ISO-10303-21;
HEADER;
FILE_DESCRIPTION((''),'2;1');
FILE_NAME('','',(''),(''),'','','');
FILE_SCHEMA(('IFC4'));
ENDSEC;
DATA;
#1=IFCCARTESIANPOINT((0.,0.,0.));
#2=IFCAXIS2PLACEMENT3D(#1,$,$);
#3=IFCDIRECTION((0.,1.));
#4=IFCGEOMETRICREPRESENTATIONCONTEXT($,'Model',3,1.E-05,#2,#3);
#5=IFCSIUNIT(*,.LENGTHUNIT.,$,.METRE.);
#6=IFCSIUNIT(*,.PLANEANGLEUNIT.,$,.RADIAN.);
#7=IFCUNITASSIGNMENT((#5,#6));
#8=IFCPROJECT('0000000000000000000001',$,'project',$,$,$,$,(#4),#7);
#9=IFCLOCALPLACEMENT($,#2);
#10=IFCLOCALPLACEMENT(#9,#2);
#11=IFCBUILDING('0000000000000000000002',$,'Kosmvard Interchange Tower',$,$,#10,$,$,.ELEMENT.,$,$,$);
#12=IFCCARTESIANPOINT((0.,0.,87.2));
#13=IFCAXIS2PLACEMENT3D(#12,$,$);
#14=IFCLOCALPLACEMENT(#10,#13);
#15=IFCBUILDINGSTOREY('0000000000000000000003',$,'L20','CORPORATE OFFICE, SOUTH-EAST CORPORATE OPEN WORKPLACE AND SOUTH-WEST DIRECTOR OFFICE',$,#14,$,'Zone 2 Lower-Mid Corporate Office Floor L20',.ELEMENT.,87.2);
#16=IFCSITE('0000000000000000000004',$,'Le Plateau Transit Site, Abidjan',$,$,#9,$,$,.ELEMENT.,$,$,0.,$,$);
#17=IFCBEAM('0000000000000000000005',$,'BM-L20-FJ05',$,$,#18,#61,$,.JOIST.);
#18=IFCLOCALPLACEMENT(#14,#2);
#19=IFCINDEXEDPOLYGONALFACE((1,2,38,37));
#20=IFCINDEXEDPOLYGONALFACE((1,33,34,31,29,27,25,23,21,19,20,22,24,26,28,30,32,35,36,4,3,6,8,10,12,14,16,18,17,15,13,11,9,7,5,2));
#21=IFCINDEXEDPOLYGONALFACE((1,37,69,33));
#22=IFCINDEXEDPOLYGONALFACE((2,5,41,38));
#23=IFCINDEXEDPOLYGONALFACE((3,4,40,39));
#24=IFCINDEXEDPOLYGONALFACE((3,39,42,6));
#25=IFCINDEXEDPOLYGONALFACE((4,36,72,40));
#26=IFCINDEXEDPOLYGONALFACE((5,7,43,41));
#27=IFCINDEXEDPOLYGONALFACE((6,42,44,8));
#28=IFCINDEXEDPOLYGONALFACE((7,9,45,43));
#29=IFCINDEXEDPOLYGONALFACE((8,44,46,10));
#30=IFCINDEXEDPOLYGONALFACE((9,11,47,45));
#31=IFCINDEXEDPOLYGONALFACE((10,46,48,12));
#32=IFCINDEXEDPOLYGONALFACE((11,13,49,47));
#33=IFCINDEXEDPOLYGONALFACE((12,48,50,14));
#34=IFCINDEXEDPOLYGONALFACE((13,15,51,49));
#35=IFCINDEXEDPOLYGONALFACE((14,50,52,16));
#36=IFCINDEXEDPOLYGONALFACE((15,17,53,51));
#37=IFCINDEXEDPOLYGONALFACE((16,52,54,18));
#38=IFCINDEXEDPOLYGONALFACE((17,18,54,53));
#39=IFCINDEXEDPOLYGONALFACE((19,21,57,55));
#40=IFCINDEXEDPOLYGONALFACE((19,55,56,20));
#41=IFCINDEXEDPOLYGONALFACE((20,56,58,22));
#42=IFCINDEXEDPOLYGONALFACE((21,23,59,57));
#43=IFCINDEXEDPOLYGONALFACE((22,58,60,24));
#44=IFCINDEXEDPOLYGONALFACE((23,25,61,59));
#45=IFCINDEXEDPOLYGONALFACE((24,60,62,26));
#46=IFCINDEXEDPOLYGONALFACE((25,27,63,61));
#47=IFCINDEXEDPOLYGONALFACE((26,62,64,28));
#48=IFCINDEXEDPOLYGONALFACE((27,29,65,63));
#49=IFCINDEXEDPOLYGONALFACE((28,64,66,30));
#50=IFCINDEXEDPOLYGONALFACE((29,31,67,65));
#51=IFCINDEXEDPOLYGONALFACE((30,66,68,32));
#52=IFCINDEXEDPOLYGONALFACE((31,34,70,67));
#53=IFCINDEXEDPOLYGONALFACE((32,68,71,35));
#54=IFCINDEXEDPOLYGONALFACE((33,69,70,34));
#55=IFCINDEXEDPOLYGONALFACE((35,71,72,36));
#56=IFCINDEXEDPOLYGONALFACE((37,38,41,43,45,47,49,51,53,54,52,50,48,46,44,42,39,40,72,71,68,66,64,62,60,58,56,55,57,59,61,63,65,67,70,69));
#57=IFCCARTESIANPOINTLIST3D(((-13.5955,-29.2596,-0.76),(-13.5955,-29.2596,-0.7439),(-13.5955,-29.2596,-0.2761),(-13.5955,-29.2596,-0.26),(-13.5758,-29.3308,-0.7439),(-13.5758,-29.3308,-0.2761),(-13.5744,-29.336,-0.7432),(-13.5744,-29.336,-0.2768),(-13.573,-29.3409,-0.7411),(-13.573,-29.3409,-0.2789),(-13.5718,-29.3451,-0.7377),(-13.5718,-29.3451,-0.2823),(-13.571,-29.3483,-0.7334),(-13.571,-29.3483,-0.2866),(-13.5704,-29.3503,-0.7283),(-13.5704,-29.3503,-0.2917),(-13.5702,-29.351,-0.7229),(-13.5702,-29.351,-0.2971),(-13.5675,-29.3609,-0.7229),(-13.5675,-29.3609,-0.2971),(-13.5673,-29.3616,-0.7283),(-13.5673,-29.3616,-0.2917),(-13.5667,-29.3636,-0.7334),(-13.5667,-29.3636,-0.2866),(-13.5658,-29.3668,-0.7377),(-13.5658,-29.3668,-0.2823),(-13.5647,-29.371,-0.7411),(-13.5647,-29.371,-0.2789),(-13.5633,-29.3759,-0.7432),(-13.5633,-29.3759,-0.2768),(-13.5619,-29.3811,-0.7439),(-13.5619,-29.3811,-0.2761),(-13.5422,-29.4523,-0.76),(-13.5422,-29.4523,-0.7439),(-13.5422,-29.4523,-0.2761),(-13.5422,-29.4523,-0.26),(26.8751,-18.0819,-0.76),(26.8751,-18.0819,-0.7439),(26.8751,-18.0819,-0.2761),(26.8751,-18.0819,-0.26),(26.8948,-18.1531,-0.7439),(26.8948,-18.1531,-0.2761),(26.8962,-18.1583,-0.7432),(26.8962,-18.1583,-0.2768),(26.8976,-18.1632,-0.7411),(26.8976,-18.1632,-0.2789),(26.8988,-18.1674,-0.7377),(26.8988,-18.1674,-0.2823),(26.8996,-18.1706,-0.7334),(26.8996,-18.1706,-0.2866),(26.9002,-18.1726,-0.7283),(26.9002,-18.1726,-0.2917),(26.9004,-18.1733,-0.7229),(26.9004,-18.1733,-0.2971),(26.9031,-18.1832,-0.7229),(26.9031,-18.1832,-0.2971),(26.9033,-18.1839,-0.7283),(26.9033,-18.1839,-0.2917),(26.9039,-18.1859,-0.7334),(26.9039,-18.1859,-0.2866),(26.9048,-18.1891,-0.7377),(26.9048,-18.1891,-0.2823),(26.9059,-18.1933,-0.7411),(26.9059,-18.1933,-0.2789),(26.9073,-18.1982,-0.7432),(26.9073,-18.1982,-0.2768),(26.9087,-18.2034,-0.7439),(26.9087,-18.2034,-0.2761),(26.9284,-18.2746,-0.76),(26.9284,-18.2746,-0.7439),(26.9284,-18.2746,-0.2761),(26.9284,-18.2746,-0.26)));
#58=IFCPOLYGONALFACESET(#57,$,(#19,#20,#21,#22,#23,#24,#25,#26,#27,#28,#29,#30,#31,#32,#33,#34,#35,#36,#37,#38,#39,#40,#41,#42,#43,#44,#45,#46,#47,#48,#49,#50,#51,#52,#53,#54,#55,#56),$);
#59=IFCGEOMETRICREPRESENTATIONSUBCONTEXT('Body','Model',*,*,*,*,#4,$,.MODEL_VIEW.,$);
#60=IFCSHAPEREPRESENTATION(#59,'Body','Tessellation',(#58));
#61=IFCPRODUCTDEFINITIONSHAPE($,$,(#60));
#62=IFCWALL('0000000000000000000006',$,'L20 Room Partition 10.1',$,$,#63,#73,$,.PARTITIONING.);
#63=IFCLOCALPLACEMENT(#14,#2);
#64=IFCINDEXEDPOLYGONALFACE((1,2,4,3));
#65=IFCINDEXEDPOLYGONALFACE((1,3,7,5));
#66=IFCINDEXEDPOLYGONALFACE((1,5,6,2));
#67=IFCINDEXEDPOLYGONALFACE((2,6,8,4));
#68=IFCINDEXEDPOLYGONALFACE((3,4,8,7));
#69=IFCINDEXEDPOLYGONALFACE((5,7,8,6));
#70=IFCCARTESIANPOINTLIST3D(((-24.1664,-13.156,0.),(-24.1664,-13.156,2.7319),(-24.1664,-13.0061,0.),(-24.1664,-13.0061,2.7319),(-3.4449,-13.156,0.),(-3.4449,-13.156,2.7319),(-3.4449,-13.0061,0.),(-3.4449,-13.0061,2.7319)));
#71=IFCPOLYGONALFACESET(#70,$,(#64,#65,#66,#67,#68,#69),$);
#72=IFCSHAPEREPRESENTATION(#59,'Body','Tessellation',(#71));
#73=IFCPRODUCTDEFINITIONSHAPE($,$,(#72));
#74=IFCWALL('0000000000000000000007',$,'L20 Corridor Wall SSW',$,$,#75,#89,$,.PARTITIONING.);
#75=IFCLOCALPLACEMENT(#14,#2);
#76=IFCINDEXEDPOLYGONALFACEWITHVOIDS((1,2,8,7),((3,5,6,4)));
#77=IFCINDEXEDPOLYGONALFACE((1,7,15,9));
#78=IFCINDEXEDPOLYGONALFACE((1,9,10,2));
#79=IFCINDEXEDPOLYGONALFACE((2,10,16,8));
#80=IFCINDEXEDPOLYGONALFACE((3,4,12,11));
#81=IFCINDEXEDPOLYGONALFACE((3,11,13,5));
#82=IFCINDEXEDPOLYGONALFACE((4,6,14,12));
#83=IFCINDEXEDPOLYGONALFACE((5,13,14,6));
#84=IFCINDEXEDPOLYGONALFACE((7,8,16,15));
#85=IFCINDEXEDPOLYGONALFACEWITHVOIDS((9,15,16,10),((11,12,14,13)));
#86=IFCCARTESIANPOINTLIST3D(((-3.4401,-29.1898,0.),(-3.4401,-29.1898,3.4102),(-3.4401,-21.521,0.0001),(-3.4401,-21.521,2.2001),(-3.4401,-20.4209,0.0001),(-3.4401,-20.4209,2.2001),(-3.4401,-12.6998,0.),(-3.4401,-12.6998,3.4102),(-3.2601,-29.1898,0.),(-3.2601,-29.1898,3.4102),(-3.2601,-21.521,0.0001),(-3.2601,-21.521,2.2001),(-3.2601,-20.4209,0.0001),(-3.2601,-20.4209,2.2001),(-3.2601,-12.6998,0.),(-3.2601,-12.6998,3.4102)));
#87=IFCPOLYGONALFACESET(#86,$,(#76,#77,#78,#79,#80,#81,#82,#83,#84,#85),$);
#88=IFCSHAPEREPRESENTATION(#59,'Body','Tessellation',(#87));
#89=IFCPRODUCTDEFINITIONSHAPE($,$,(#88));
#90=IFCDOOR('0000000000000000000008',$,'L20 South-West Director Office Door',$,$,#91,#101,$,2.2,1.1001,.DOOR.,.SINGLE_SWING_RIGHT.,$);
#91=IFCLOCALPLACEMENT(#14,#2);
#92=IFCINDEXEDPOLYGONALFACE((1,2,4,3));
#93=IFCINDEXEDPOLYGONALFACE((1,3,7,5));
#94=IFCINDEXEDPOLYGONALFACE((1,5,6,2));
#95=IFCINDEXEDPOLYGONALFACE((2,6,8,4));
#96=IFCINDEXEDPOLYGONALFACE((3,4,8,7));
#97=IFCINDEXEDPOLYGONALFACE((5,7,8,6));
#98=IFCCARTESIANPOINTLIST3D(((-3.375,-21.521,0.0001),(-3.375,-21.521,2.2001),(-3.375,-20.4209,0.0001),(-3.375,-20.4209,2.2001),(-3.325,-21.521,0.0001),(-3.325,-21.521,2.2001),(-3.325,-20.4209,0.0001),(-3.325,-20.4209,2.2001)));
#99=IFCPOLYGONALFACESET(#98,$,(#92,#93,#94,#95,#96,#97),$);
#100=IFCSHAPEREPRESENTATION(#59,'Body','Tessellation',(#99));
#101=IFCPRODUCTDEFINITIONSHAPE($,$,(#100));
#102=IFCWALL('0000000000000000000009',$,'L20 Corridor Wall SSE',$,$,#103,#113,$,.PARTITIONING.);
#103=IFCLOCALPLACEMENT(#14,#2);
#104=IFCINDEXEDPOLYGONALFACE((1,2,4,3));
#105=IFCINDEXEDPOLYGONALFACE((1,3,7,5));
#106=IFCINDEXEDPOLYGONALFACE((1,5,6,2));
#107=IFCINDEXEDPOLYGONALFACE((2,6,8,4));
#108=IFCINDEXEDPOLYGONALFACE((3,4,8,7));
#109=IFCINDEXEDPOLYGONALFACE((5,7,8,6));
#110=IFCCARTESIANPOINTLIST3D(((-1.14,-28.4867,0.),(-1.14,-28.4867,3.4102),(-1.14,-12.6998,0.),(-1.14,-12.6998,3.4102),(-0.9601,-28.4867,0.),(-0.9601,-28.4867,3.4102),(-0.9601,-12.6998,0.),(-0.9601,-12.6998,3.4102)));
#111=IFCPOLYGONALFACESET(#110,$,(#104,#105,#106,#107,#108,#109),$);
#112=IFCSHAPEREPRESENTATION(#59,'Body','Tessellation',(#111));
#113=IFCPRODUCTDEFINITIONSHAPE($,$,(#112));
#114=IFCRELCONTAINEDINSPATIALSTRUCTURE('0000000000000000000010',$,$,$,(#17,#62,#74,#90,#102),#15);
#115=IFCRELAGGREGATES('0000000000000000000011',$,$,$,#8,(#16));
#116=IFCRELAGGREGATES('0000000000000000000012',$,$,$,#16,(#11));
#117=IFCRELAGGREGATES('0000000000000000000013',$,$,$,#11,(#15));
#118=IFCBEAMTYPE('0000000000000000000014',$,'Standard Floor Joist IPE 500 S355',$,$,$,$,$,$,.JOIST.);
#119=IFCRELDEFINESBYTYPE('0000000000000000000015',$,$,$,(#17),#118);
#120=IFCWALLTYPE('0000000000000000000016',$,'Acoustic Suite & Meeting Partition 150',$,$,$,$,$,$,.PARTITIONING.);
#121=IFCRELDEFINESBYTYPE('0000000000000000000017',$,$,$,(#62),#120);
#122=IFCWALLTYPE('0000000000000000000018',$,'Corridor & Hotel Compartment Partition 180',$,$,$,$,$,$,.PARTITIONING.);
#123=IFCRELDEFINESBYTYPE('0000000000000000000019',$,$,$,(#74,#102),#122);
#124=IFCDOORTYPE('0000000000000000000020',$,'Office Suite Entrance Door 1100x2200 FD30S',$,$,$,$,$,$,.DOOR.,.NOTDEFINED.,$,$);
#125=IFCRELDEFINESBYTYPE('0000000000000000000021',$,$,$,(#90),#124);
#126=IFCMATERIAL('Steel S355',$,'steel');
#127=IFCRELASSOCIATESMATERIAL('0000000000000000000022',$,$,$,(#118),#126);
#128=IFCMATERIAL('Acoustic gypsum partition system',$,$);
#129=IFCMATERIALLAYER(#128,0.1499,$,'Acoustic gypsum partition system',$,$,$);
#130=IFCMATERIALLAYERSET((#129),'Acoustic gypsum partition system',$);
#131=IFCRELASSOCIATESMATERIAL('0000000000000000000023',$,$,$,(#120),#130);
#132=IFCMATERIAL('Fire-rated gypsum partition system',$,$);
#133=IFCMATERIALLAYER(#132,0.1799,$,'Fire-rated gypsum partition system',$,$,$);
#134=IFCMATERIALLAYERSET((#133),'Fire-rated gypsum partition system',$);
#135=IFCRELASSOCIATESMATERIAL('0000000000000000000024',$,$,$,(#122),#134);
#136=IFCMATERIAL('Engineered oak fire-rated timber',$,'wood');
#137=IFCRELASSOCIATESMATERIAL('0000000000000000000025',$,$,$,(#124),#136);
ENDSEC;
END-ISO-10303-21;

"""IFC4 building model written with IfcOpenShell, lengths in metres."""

from ifc_helpers import new_model, si_unit, direction, frame, frame_2d, origin, origin_2d, place, context, subcontext, project, spatial, rectangle, i_section, extrude, source, transform, mapped, material, layer, layer_set, material_profile, profile_set, type_object, element, fill, save


model = new_model("IFC4")

# Units and contexts
model_context = context("Model", 3, precision=1e-05, world=origin(), true_north=direction((0.0, 1.0)))
body_context = subcontext(model_context, "Body", "Model", "MODEL_VIEW")
ifc_project = project(units=[si_unit("LENGTHUNIT", "METRE"), si_unit("PLANEANGLEUNIT", "RADIAN")], contexts=[model_context])

# Site, building, storey
site_placement = place(None, origin())
site = spatial("IfcSite", under=ifc_project, at=site_placement, Name="Le Plateau Transit Site, Abidjan", CompositionType="ELEMENT", RefElevation=0.0)
building_placement = place(site_placement, origin())
building = spatial("IfcBuilding", under=site, at=building_placement, Name="Kosmvard Interchange Tower", CompositionType="ELEMENT")
storey_placement = place(building_placement, frame((0.0, 0.0, 87.2)))
storey = spatial("IfcBuildingStorey", under=building, at=storey_placement, Name="L20", Description="CORPORATE OFFICE, SOUTH-EAST CORPORATE OPEN WORKPLACE AND SOUTH-WEST DIRECTOR OFFICE", LongName="Zone 2 Lower-Mid Corporate Office Floor L20", CompositionType="ELEMENT", Elevation=87.2)

# Beam
ifc_material_1 = material(Name="Steel S355", Category="steel")
ifc_material_profile_1 = material_profile(ifc_material_1, i_section(OverallWidth=0.2, OverallDepth=0.5, WebThickness=0.0103, FlangeThickness=0.0161, FilletRadius=0.021, at=origin_2d()), Name="IPE 500")
ifc_profile_set_1 = profile_set([ifc_material_profile_1], Name="Steel S355")
beam_type_1 = type_object("IfcBeamType", Name="Standard Floor Joist IPE 500 S355", PredefinedType="JOIST", material=ifc_profile_set_1)
shared_shape_1 = source(origin(), body_context, "Body", "SweptSolid", [
    extrude(i_section(OverallWidth=0.2, OverallDepth=0.5, WebThickness=0.0103, FlangeThickness=0.0161, FilletRadius=0.021, at=origin_2d()), origin(), (0.0, 0.0, 1.0), 41.9858),
])
beam_1_placement = place(storey_placement, frame((-13.5688, -29.356, -0.51), z_axis=(0.963911, 0.266226, 0.0), x_axis=(-0.266226, 0.963911, 0.0)))
element("IfcBeam", 1, at=beam_1_placement, inside=storey, type_object=beam_type_1, Name="BM-L20-FJ05", PredefinedType="JOIST", context=body_context, shape_type="MappedRepresentation", body=[
    mapped(shared_shape_1, transform((0.0, 0.0, 0.0), scale=1.0)),
])

# Wall
ifc_material_2 = material(Name="Acoustic gypsum partition system")
ifc_layer_1 = layer(ifc_material_2, 0.1499, Name="Acoustic gypsum partition system")
ifc_layer_set_1 = layer_set([ifc_layer_1], Name="Acoustic gypsum partition system")
wall_type_1 = type_object("IfcWallType", Name="Acoustic Suite & Meeting Partition 150", PredefinedType="PARTITIONING", material=ifc_layer_set_1)
wall_1_placement = place(storey_placement, frame((-24.1665, -13.0811, 0.0), z_axis=(0.0, 0.0, 1.0), x_axis=(1.0, 0.0, 0.0)))
element("IfcWall", 2, at=wall_1_placement, inside=storey, type_object=wall_type_1, Name="L20 Room Partition 10.1", PredefinedType="PARTITIONING", context=body_context, shape_type="SweptSolid", body=[
    extrude(rectangle(XDim=20.7214, YDim=0.1499, at=frame_2d((10.3608, 0.0))), origin(), (0.0, 0.0, 1.0), 2.7319),
])

# Wall, opening, door
ifc_material_3 = material(Name="Fire-rated gypsum partition system")
ifc_layer_2 = layer(ifc_material_3, 0.1799, Name="Fire-rated gypsum partition system")
ifc_layer_set_2 = layer_set([ifc_layer_2], Name="Fire-rated gypsum partition system")
wall_type_2 = type_object("IfcWallType", Name="Corridor & Hotel Compartment Partition 180", PredefinedType="PARTITIONING", material=ifc_layer_set_2)
wall_2_placement = place(storey_placement, frame((-3.3501, -29.1899, 0.0), z_axis=(0.0, 0.0, 1.0), x_axis=(0.0, 1.0, 0.0)))
wall_2 = element("IfcWall", 3, at=wall_2_placement, inside=storey, type_object=wall_type_2, Name="L20 Corridor Wall SSW", PredefinedType="PARTITIONING", context=body_context, shape_type="SweptSolid", body=[
    extrude(rectangle(XDim=16.49, YDim=0.1799, at=frame_2d((8.2451, 0.0))), origin(), (0.0, 0.0, 1.0), 3.4102),
])
opening_1_placement = place(wall_2_placement, frame((7.6689, 0.0, 0.0)))
opening_1 = element("IfcOpeningElement", 4, at=opening_1_placement, cuts=wall_2, PredefinedType="OPENING", context=body_context, shape_type="SweptSolid", body=[
    extrude(rectangle(XDim=1.1001, YDim=2.2, at=frame_2d((0.55, 1.1001))), frame((0.0, 0.1001, 0.0), z_axis=(0.0, -1.0, 0.0), x_axis=(1.0, 0.0, 0.0)), (0.0, 0.0, 1.0), 0.2),
])
ifc_material_4 = material(Name="Engineered oak fire-rated timber", Category="wood")
door_type_1 = type_object("IfcDoorType", Name="Office Suite Entrance Door 1100x2200 FD30S", OperationType="NOTDEFINED", PredefinedType="DOOR", material=ifc_material_4)
shared_shape_2 = source(origin(), body_context, "Body", "SweptSolid", [
    extrude(rectangle(XDim=1.1001, YDim=2.2, at=frame_2d((0.55, 1.1001))), frame((0.0, 0.0249, 0.0), z_axis=(0.0, -1.0, 0.0), x_axis=(1.0, 0.0, 0.0)), (0.0, 0.0, 1.0), 0.05),
])
door_1_placement = place(opening_1_placement, origin())
door_1 = element("IfcDoor", 5, at=door_1_placement, inside=storey, type_object=door_type_1, Name="L20 South-West Director Office Door", OperationType="SINGLE_SWING_RIGHT", OverallHeight=2.2, OverallWidth=1.1001, PredefinedType="DOOR", context=body_context, shape_type="MappedRepresentation", body=[
    mapped(shared_shape_2, transform((0.0, 0.0, 0.0), scale=1.0)),
])
fill(opening_1, door_1)

# Wall
wall_3_placement = place(storey_placement, frame((-1.05, -28.4868, 0.0), z_axis=(0.0, 0.0, 1.0), x_axis=(0.0, 1.0, 0.0)))
element("IfcWall", 6, at=wall_3_placement, inside=storey, type_object=wall_type_2, Name="L20 Corridor Wall SSE", PredefinedType="PARTITIONING", context=body_context, shape_type="SweptSolid", body=[
    extrude(rectangle(XDim=15.7869, YDim=0.1799, at=frame_2d((7.8936, 0.0))), origin(), (0.0, 0.0, 1.0), 3.4102),
])

save(model, "model.ifc")
